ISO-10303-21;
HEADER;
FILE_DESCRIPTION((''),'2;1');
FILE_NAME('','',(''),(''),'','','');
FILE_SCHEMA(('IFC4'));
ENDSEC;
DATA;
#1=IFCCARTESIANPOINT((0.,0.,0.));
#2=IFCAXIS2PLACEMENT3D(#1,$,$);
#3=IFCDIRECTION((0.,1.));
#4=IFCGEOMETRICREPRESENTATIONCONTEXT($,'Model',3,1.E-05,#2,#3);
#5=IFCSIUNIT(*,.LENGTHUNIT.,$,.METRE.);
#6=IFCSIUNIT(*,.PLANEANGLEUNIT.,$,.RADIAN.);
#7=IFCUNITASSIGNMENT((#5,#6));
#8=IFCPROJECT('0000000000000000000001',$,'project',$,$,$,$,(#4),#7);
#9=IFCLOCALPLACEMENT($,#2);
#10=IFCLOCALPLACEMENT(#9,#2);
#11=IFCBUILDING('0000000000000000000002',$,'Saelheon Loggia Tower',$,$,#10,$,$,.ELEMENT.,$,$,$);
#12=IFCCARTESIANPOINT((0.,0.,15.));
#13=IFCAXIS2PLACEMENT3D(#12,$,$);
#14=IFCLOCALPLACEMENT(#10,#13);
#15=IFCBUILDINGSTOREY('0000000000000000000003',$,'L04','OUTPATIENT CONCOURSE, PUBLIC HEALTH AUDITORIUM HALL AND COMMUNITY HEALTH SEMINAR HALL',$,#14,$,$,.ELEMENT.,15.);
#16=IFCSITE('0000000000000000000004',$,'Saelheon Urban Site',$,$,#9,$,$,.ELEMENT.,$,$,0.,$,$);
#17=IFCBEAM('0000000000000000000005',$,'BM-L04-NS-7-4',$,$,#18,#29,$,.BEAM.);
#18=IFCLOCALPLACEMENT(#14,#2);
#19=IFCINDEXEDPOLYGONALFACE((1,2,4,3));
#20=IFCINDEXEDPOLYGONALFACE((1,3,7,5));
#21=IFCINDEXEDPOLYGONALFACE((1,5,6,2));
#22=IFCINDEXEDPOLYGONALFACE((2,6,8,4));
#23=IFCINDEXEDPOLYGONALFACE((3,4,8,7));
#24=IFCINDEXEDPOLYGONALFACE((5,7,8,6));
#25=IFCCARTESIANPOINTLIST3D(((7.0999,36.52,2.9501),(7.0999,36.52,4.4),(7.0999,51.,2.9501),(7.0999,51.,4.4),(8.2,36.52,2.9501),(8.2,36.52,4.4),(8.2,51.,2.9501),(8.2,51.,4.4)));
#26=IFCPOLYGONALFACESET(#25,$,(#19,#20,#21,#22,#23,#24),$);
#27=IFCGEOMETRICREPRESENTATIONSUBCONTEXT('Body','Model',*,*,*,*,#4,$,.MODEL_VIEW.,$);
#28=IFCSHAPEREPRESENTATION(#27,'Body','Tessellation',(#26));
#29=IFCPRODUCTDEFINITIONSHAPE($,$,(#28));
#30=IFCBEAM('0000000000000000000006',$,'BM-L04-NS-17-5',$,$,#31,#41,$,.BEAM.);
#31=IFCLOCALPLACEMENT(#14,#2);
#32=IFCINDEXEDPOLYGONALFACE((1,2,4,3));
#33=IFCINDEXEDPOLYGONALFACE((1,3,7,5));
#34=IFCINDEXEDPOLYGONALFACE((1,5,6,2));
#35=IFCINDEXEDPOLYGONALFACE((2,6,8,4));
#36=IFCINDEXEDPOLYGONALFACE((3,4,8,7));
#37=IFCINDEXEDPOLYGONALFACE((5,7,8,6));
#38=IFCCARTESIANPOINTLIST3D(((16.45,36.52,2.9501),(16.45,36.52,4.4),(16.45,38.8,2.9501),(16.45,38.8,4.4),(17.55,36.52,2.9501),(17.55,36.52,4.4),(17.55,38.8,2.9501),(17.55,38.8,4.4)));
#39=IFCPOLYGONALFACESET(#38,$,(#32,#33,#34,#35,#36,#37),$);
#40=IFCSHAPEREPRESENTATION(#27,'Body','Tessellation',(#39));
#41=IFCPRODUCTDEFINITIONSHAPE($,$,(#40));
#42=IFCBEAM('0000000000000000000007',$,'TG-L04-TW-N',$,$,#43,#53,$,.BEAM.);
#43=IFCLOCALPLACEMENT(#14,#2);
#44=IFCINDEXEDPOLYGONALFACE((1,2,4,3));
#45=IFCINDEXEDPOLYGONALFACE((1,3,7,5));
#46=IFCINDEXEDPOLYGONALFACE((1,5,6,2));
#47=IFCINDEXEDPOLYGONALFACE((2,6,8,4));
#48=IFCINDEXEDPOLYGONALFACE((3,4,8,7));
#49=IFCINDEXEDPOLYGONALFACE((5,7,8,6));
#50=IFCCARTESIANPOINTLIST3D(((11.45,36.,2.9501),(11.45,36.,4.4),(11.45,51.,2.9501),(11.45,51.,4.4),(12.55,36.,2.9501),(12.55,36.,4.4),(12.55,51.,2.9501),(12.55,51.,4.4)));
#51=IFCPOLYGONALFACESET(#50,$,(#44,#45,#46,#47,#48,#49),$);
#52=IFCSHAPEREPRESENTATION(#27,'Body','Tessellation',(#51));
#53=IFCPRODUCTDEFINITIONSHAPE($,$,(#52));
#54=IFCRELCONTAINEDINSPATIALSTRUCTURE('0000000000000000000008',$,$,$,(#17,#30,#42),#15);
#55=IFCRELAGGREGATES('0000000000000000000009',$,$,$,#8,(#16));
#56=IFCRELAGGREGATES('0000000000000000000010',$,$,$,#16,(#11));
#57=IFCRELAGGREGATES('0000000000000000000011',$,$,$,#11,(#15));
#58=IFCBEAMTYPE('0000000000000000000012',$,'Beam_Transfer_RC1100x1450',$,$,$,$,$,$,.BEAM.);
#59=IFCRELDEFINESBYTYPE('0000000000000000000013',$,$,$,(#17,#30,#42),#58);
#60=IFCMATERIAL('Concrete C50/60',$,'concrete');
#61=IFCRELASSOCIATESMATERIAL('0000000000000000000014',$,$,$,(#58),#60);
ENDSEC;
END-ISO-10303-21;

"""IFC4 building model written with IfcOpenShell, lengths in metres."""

from ifc_helpers import new_model, si_unit, direction, frame, origin, origin_2d, place, context, subcontext, project, spatial, rectangle, extrude, source, transform, mapped, material, material_profile, profile_set, type_object, element, save


model = new_model("IFC4")

# Units and contexts
model_context = context("Model", 3, precision=1e-05, world=origin(), true_north=direction((0.0, 1.0)))
body_context = subcontext(model_context, "Body", "Model", "MODEL_VIEW")
ifc_project = project(units=[si_unit("LENGTHUNIT", "METRE"), si_unit("PLANEANGLEUNIT", "RADIAN")], contexts=[model_context])

# Site, building, storey
site_placement = place(None, origin())
site = spatial("IfcSite", under=ifc_project, at=site_placement, Name="Saelheon Urban Site", CompositionType="ELEMENT", RefElevation=0.0)
building_placement = place(site_placement, origin())
building = spatial("IfcBuilding", under=site, at=building_placement, Name="Saelheon Loggia Tower", CompositionType="ELEMENT")
storey_placement = place(building_placement, frame((0.0, 0.0, 15.0)))
storey = spatial("IfcBuildingStorey", under=building, at=storey_placement, Name="L04", Description="OUTPATIENT CONCOURSE, PUBLIC HEALTH AUDITORIUM HALL AND COMMUNITY HEALTH SEMINAR HALL", CompositionType="ELEMENT", Elevation=15.0)

# Shared definitions
ifc_material_1 = material(Name="Concrete C50/60", Category="concrete")

# Beams
ifc_material_profile_1 = material_profile(ifc_material_1, rectangle(XDim=1.1001, YDim=1.45, at=origin_2d()), Name="RC-1100x1450")
ifc_profile_set_1 = profile_set([ifc_material_profile_1], Name="Concrete C50/60")
beam_type_1 = type_object("IfcBeamType", Name="Beam_Transfer_RC1100x1450", PredefinedType="BEAM", material=ifc_profile_set_1)
shared_shape_1 = source(origin(), body_context, "Body", "SweptSolid", [
    extrude(rectangle(XDim=1.1001, YDim=1.45, at=origin_2d()), origin(), (0.0, 0.0, 1.0), 14.48),
])
beam_1_placement = place(storey_placement, frame((7.6499, 36.52, 3.675), z_axis=(0.0, 1.0, 0.0), x_axis=(-1.0, 0.0, 0.0)))
element("IfcBeam", 1, at=beam_1_placement, inside=storey, type_object=beam_type_1, Name="BM-L04-NS-7-4", PredefinedType="BEAM", context=body_context, shape_type="MappedRepresentation", body=[
    mapped(shared_shape_1, transform((0.0, 0.0, 0.0), scale=1.0)),
])
shared_shape_2 = source(origin(), body_context, "Body", "SweptSolid", [
    extrude(rectangle(XDim=1.1001, YDim=1.45, at=origin_2d()), origin(), (0.0, 0.0, 1.0), 2.28),
])
beam_2_placement = place(storey_placement, frame((17.0, 36.52, 3.675), z_axis=(0.0, 1.0, 0.0), x_axis=(-1.0, 0.0, 0.0)))
element("IfcBeam", 2, at=beam_2_placement, inside=storey, type_object=beam_type_1, Name="BM-L04-NS-17-5", PredefinedType="BEAM", context=body_context, shape_type="MappedRepresentation", body=[
    mapped(shared_shape_2, transform((0.0, 0.0, 0.0), scale=1.0)),
])
shared_shape_3 = source(origin(), body_context, "Body", "SweptSolid", [
    extrude(rectangle(XDim=1.1001, YDim=1.45, at=origin_2d()), origin(), (0.0, 0.0, 1.0), 15.0),
])
beam_3_placement = place(storey_placement, frame((12.0, 36.0, 3.675), z_axis=(0.0, 1.0, 0.0), x_axis=(-1.0, 0.0, 0.0)))
element("IfcBeam", 3, at=beam_3_placement, inside=storey, type_object=beam_type_1, Name="TG-L04-TW-N", PredefinedType="BEAM", context=body_context, shape_type="MappedRepresentation", body=[
    mapped(shared_shape_3, transform((0.0, 0.0, 0.0), scale=1.0)),
])

save(model, "model.ifc")
